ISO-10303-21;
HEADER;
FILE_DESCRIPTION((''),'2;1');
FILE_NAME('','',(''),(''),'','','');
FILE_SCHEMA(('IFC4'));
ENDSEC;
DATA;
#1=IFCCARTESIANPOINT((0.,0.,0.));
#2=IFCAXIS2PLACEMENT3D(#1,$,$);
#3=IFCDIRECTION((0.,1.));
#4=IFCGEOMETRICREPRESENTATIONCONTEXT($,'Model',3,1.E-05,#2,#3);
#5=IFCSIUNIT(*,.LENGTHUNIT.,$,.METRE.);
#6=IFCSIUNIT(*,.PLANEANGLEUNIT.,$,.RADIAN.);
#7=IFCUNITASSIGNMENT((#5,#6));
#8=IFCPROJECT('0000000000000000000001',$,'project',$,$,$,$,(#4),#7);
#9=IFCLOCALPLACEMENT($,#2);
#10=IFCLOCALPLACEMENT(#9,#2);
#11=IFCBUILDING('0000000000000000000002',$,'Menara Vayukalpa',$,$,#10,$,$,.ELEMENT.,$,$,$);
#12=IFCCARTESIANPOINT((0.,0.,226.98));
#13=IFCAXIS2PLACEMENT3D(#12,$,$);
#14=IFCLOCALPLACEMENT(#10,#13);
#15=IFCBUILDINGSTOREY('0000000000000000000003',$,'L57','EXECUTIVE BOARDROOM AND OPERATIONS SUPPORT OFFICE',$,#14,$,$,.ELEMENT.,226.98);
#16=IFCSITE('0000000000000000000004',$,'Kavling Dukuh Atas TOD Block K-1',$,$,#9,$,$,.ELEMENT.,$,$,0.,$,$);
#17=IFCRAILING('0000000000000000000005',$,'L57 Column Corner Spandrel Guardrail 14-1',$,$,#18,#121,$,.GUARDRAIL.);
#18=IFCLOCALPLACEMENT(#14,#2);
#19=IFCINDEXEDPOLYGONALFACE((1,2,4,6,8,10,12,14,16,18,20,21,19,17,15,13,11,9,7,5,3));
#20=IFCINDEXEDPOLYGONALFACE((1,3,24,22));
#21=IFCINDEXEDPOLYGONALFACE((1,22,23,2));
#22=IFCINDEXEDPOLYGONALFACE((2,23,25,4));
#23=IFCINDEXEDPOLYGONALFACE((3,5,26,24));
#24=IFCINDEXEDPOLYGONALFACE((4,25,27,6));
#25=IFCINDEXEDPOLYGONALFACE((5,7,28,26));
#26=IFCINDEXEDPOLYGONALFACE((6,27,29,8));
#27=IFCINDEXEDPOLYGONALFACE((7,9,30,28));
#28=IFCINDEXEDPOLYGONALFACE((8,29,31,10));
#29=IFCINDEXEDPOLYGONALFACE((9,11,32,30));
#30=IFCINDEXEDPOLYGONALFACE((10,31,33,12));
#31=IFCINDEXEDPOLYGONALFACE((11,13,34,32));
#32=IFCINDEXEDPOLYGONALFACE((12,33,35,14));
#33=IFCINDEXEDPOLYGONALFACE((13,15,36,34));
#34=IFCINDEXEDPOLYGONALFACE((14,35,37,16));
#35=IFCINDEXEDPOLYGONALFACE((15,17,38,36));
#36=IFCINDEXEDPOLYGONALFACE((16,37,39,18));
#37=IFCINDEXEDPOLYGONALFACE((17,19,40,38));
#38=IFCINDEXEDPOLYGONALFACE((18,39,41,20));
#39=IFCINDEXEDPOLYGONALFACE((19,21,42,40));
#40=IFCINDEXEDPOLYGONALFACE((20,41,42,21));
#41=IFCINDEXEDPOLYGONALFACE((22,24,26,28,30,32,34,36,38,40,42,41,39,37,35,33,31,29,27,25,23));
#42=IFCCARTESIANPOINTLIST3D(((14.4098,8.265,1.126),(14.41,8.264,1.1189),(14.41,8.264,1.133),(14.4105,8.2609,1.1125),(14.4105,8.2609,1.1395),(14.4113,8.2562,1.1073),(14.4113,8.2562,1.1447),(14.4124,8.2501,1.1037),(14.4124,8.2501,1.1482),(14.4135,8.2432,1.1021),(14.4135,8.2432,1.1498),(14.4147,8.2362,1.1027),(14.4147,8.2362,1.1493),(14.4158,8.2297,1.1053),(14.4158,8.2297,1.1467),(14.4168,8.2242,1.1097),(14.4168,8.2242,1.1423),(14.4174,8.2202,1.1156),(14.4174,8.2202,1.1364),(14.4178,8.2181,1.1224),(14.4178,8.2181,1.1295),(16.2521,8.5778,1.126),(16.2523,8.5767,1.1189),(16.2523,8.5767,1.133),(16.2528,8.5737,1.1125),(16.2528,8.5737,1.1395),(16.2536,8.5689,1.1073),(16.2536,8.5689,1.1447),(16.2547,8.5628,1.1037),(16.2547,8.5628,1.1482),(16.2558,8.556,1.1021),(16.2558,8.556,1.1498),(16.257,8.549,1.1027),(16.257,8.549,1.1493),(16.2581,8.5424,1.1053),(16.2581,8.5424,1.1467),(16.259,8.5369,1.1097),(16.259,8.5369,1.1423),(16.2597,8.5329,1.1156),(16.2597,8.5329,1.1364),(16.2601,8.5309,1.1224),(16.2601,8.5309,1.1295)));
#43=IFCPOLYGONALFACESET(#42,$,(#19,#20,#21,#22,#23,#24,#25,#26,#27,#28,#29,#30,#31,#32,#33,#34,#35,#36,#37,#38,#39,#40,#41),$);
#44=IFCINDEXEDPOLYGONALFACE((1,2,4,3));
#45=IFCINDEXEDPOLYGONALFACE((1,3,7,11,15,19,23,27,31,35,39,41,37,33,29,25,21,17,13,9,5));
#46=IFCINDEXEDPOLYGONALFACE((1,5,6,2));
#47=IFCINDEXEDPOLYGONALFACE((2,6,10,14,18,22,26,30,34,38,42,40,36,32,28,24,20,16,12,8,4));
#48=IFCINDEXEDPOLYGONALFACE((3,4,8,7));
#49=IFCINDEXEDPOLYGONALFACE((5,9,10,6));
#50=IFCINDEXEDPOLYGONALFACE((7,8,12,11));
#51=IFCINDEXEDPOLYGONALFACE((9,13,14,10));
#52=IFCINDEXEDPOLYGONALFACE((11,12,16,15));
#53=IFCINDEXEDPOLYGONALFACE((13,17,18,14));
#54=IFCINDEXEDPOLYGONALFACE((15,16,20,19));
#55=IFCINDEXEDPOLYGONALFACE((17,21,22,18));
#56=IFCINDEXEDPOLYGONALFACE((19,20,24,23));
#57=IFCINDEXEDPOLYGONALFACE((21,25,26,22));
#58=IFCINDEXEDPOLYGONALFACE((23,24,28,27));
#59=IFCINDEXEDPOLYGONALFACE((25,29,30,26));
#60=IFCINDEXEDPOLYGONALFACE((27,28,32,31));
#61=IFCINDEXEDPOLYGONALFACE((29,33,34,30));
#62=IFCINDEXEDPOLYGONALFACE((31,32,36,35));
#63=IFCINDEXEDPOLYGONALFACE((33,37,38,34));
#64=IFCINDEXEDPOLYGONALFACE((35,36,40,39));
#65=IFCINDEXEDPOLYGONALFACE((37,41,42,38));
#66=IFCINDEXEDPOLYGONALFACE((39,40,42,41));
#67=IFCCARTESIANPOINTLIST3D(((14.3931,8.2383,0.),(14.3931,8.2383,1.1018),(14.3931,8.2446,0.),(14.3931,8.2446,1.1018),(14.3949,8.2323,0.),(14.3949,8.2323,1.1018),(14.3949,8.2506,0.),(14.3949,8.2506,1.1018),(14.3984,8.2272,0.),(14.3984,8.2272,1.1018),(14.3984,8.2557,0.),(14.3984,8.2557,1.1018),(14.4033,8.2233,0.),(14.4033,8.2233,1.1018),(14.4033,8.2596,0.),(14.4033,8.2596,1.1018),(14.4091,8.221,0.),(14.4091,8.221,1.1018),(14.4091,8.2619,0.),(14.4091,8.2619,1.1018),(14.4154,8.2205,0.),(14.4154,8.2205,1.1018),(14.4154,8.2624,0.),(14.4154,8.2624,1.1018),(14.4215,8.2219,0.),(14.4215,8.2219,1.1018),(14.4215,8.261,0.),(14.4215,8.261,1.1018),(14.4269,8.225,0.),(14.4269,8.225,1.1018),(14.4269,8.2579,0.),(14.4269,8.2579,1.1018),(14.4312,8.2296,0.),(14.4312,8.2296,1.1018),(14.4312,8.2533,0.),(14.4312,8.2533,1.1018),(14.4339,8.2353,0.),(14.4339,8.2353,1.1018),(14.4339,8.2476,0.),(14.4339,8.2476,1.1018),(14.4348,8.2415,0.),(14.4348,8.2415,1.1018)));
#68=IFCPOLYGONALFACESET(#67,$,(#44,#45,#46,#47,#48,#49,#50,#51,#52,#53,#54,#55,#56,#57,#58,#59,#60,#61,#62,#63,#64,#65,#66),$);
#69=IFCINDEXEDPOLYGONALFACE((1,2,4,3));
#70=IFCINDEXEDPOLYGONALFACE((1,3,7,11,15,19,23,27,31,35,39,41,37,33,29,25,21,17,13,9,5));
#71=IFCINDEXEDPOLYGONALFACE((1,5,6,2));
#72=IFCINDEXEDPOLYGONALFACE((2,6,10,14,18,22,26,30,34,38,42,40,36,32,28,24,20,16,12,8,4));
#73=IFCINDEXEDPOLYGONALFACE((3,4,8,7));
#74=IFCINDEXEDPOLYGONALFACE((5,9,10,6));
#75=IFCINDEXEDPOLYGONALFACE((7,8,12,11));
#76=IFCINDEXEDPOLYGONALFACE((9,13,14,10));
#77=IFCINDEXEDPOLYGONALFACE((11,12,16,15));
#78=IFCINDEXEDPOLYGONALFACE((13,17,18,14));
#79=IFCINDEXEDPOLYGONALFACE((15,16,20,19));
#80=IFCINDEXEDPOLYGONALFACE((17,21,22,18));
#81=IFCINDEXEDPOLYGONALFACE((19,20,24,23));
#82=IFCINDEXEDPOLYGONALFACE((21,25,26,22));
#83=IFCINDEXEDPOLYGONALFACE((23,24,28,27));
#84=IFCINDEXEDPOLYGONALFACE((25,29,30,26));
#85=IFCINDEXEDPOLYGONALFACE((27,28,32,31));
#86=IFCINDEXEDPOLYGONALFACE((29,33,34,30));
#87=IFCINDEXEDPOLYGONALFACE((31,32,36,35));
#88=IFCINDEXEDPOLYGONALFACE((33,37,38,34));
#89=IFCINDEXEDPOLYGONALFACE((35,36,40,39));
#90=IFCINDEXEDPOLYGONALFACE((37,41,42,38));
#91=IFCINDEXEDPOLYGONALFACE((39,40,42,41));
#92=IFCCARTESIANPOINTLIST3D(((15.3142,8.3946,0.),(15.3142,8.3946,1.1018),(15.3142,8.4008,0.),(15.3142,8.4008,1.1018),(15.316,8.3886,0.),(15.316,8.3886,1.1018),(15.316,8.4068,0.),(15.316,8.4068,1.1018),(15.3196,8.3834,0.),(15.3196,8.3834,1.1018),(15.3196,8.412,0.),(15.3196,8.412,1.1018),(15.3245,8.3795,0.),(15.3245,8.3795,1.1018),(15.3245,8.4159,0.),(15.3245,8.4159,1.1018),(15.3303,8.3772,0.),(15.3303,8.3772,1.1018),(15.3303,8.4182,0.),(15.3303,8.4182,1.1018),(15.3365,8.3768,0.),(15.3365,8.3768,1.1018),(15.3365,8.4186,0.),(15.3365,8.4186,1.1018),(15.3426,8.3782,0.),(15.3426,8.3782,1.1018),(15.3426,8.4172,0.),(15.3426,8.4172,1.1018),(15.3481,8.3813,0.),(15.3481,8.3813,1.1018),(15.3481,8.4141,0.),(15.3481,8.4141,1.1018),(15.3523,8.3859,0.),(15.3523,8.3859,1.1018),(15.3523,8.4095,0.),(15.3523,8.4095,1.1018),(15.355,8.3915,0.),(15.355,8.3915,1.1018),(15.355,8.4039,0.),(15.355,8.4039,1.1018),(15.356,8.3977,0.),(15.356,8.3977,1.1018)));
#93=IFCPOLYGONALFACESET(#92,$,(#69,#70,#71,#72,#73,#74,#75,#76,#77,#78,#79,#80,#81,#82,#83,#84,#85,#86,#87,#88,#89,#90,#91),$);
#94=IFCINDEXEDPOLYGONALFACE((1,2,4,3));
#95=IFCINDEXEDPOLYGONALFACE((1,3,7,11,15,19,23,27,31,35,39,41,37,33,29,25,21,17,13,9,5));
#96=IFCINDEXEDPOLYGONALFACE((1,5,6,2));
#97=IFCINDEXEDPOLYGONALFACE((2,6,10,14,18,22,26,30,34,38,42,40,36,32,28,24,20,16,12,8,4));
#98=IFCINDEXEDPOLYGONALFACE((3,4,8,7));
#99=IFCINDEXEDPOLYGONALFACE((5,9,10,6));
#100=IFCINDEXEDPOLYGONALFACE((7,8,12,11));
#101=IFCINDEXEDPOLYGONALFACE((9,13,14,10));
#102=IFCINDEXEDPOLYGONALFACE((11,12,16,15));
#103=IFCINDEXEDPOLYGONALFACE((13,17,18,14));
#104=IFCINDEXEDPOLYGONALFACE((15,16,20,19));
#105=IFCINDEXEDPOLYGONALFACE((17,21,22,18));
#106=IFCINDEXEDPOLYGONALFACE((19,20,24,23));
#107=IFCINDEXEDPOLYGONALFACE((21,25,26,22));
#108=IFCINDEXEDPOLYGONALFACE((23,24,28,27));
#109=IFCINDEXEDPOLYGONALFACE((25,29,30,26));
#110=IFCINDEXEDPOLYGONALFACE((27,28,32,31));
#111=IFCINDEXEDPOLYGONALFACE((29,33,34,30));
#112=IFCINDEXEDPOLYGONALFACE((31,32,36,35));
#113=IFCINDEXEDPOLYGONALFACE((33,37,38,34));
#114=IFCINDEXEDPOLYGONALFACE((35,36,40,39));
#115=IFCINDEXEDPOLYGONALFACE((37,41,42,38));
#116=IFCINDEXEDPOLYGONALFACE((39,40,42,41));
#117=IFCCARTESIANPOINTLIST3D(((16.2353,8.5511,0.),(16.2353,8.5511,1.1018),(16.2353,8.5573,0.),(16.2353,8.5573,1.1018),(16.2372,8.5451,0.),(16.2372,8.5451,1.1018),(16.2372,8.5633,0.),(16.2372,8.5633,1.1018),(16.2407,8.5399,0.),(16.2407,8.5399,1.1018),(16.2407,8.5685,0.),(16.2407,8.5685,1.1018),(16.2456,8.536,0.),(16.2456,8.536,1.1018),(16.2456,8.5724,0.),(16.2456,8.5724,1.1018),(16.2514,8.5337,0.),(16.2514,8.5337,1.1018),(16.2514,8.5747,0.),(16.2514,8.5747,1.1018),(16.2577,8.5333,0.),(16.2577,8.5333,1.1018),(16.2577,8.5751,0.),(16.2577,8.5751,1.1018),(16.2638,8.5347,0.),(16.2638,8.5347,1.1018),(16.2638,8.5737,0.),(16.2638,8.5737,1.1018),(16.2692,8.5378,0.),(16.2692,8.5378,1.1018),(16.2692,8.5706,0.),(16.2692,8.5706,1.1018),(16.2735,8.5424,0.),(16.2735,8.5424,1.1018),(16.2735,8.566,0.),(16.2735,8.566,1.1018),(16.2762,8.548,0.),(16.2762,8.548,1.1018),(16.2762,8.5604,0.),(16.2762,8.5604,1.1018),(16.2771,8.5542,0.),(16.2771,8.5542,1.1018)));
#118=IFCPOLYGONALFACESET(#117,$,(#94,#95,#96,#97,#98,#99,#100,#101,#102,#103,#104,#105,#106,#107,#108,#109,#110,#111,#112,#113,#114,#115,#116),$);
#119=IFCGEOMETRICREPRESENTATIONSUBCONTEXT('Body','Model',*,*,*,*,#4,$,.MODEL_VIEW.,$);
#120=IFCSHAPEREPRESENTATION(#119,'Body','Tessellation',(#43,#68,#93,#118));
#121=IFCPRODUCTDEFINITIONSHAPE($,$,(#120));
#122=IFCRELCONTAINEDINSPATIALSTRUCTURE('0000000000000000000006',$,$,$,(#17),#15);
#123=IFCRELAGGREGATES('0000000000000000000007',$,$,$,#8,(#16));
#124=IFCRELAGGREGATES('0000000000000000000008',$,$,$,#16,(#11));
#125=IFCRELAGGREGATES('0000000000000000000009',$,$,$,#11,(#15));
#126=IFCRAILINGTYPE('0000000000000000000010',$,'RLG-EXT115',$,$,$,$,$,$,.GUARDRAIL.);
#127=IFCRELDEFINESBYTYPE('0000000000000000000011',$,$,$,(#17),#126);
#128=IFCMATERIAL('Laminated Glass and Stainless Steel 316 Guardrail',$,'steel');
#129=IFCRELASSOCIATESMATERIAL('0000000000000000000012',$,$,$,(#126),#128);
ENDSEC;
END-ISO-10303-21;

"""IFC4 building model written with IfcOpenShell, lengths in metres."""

from ifc_helpers import new_model, si_unit, direction, frame, origin, origin_2d, place, context, subcontext, project, spatial, circle, extrude, material, type_object, element, save


model = new_model("IFC4")

# Units and contexts
model_context = context("Model", 3, precision=1e-05, world=origin(), true_north=direction((0.0, 1.0)))
body_context = subcontext(model_context, "Body", "Model", "MODEL_VIEW")
ifc_project = project(units=[si_unit("LENGTHUNIT", "METRE"), si_unit("PLANEANGLEUNIT", "RADIAN")], contexts=[model_context])

# Site, building, storey
site_placement = place(None, origin())
site = spatial("IfcSite", under=ifc_project, at=site_placement, Name="Kavling Dukuh Atas TOD Block K-1", CompositionType="ELEMENT", RefElevation=0.0)
building_placement = place(site_placement, origin())
building = spatial("IfcBuilding", under=site, at=building_placement, Name="Menara Vayukalpa", CompositionType="ELEMENT")
storey_placement = place(building_placement, frame((0.0, 0.0, 226.98)))
storey = spatial("IfcBuildingStorey", under=building, at=storey_placement, Name="L57", Description="EXECUTIVE BOARDROOM AND OPERATIONS SUPPORT OFFICE", CompositionType="ELEMENT", Elevation=226.98)

# Railing
ifc_material_1 = material(Name="Laminated Glass and Stainless Steel 316 Guardrail", Category="steel")
railing_type = type_object("IfcRailingType", Name="RLG-EXT115", PredefinedType="GUARDRAIL", material=ifc_material_1)
railing_placement = place(storey_placement, frame((14.4138, 8.2415, 0.0)))
element("IfcRailing", 1, at=railing_placement, inside=storey, type_object=railing_type, Name="L57 Column Corner Spandrel Guardrail 14-1", PredefinedType="GUARDRAIL", context=body_context, shape_type="SweptSolid", body=[
    extrude(circle(Radius=0.0239, at=origin_2d()), frame((0.0, 0.0, 1.126), z_axis=(0.985895, 0.167364, 0.0), x_axis=(-0.167364, 0.985895, 0.0)), (0.0, 0.0, 1.0), 1.8687),
    extrude(circle(Radius=0.021, at=origin_2d()), origin(), (0.0, 0.0, 1.0), 1.1018),
    extrude(circle(Radius=0.021, at=origin_2d()), frame((0.9211, 0.1562, 0.0)), (0.0, 0.0, 1.0), 1.1018),
    extrude(circle(Radius=0.021, at=origin_2d()), frame((1.8423, 0.3127, 0.0)), (0.0, 0.0, 1.0), 1.1018),
])

save(model, "model.ifc")
